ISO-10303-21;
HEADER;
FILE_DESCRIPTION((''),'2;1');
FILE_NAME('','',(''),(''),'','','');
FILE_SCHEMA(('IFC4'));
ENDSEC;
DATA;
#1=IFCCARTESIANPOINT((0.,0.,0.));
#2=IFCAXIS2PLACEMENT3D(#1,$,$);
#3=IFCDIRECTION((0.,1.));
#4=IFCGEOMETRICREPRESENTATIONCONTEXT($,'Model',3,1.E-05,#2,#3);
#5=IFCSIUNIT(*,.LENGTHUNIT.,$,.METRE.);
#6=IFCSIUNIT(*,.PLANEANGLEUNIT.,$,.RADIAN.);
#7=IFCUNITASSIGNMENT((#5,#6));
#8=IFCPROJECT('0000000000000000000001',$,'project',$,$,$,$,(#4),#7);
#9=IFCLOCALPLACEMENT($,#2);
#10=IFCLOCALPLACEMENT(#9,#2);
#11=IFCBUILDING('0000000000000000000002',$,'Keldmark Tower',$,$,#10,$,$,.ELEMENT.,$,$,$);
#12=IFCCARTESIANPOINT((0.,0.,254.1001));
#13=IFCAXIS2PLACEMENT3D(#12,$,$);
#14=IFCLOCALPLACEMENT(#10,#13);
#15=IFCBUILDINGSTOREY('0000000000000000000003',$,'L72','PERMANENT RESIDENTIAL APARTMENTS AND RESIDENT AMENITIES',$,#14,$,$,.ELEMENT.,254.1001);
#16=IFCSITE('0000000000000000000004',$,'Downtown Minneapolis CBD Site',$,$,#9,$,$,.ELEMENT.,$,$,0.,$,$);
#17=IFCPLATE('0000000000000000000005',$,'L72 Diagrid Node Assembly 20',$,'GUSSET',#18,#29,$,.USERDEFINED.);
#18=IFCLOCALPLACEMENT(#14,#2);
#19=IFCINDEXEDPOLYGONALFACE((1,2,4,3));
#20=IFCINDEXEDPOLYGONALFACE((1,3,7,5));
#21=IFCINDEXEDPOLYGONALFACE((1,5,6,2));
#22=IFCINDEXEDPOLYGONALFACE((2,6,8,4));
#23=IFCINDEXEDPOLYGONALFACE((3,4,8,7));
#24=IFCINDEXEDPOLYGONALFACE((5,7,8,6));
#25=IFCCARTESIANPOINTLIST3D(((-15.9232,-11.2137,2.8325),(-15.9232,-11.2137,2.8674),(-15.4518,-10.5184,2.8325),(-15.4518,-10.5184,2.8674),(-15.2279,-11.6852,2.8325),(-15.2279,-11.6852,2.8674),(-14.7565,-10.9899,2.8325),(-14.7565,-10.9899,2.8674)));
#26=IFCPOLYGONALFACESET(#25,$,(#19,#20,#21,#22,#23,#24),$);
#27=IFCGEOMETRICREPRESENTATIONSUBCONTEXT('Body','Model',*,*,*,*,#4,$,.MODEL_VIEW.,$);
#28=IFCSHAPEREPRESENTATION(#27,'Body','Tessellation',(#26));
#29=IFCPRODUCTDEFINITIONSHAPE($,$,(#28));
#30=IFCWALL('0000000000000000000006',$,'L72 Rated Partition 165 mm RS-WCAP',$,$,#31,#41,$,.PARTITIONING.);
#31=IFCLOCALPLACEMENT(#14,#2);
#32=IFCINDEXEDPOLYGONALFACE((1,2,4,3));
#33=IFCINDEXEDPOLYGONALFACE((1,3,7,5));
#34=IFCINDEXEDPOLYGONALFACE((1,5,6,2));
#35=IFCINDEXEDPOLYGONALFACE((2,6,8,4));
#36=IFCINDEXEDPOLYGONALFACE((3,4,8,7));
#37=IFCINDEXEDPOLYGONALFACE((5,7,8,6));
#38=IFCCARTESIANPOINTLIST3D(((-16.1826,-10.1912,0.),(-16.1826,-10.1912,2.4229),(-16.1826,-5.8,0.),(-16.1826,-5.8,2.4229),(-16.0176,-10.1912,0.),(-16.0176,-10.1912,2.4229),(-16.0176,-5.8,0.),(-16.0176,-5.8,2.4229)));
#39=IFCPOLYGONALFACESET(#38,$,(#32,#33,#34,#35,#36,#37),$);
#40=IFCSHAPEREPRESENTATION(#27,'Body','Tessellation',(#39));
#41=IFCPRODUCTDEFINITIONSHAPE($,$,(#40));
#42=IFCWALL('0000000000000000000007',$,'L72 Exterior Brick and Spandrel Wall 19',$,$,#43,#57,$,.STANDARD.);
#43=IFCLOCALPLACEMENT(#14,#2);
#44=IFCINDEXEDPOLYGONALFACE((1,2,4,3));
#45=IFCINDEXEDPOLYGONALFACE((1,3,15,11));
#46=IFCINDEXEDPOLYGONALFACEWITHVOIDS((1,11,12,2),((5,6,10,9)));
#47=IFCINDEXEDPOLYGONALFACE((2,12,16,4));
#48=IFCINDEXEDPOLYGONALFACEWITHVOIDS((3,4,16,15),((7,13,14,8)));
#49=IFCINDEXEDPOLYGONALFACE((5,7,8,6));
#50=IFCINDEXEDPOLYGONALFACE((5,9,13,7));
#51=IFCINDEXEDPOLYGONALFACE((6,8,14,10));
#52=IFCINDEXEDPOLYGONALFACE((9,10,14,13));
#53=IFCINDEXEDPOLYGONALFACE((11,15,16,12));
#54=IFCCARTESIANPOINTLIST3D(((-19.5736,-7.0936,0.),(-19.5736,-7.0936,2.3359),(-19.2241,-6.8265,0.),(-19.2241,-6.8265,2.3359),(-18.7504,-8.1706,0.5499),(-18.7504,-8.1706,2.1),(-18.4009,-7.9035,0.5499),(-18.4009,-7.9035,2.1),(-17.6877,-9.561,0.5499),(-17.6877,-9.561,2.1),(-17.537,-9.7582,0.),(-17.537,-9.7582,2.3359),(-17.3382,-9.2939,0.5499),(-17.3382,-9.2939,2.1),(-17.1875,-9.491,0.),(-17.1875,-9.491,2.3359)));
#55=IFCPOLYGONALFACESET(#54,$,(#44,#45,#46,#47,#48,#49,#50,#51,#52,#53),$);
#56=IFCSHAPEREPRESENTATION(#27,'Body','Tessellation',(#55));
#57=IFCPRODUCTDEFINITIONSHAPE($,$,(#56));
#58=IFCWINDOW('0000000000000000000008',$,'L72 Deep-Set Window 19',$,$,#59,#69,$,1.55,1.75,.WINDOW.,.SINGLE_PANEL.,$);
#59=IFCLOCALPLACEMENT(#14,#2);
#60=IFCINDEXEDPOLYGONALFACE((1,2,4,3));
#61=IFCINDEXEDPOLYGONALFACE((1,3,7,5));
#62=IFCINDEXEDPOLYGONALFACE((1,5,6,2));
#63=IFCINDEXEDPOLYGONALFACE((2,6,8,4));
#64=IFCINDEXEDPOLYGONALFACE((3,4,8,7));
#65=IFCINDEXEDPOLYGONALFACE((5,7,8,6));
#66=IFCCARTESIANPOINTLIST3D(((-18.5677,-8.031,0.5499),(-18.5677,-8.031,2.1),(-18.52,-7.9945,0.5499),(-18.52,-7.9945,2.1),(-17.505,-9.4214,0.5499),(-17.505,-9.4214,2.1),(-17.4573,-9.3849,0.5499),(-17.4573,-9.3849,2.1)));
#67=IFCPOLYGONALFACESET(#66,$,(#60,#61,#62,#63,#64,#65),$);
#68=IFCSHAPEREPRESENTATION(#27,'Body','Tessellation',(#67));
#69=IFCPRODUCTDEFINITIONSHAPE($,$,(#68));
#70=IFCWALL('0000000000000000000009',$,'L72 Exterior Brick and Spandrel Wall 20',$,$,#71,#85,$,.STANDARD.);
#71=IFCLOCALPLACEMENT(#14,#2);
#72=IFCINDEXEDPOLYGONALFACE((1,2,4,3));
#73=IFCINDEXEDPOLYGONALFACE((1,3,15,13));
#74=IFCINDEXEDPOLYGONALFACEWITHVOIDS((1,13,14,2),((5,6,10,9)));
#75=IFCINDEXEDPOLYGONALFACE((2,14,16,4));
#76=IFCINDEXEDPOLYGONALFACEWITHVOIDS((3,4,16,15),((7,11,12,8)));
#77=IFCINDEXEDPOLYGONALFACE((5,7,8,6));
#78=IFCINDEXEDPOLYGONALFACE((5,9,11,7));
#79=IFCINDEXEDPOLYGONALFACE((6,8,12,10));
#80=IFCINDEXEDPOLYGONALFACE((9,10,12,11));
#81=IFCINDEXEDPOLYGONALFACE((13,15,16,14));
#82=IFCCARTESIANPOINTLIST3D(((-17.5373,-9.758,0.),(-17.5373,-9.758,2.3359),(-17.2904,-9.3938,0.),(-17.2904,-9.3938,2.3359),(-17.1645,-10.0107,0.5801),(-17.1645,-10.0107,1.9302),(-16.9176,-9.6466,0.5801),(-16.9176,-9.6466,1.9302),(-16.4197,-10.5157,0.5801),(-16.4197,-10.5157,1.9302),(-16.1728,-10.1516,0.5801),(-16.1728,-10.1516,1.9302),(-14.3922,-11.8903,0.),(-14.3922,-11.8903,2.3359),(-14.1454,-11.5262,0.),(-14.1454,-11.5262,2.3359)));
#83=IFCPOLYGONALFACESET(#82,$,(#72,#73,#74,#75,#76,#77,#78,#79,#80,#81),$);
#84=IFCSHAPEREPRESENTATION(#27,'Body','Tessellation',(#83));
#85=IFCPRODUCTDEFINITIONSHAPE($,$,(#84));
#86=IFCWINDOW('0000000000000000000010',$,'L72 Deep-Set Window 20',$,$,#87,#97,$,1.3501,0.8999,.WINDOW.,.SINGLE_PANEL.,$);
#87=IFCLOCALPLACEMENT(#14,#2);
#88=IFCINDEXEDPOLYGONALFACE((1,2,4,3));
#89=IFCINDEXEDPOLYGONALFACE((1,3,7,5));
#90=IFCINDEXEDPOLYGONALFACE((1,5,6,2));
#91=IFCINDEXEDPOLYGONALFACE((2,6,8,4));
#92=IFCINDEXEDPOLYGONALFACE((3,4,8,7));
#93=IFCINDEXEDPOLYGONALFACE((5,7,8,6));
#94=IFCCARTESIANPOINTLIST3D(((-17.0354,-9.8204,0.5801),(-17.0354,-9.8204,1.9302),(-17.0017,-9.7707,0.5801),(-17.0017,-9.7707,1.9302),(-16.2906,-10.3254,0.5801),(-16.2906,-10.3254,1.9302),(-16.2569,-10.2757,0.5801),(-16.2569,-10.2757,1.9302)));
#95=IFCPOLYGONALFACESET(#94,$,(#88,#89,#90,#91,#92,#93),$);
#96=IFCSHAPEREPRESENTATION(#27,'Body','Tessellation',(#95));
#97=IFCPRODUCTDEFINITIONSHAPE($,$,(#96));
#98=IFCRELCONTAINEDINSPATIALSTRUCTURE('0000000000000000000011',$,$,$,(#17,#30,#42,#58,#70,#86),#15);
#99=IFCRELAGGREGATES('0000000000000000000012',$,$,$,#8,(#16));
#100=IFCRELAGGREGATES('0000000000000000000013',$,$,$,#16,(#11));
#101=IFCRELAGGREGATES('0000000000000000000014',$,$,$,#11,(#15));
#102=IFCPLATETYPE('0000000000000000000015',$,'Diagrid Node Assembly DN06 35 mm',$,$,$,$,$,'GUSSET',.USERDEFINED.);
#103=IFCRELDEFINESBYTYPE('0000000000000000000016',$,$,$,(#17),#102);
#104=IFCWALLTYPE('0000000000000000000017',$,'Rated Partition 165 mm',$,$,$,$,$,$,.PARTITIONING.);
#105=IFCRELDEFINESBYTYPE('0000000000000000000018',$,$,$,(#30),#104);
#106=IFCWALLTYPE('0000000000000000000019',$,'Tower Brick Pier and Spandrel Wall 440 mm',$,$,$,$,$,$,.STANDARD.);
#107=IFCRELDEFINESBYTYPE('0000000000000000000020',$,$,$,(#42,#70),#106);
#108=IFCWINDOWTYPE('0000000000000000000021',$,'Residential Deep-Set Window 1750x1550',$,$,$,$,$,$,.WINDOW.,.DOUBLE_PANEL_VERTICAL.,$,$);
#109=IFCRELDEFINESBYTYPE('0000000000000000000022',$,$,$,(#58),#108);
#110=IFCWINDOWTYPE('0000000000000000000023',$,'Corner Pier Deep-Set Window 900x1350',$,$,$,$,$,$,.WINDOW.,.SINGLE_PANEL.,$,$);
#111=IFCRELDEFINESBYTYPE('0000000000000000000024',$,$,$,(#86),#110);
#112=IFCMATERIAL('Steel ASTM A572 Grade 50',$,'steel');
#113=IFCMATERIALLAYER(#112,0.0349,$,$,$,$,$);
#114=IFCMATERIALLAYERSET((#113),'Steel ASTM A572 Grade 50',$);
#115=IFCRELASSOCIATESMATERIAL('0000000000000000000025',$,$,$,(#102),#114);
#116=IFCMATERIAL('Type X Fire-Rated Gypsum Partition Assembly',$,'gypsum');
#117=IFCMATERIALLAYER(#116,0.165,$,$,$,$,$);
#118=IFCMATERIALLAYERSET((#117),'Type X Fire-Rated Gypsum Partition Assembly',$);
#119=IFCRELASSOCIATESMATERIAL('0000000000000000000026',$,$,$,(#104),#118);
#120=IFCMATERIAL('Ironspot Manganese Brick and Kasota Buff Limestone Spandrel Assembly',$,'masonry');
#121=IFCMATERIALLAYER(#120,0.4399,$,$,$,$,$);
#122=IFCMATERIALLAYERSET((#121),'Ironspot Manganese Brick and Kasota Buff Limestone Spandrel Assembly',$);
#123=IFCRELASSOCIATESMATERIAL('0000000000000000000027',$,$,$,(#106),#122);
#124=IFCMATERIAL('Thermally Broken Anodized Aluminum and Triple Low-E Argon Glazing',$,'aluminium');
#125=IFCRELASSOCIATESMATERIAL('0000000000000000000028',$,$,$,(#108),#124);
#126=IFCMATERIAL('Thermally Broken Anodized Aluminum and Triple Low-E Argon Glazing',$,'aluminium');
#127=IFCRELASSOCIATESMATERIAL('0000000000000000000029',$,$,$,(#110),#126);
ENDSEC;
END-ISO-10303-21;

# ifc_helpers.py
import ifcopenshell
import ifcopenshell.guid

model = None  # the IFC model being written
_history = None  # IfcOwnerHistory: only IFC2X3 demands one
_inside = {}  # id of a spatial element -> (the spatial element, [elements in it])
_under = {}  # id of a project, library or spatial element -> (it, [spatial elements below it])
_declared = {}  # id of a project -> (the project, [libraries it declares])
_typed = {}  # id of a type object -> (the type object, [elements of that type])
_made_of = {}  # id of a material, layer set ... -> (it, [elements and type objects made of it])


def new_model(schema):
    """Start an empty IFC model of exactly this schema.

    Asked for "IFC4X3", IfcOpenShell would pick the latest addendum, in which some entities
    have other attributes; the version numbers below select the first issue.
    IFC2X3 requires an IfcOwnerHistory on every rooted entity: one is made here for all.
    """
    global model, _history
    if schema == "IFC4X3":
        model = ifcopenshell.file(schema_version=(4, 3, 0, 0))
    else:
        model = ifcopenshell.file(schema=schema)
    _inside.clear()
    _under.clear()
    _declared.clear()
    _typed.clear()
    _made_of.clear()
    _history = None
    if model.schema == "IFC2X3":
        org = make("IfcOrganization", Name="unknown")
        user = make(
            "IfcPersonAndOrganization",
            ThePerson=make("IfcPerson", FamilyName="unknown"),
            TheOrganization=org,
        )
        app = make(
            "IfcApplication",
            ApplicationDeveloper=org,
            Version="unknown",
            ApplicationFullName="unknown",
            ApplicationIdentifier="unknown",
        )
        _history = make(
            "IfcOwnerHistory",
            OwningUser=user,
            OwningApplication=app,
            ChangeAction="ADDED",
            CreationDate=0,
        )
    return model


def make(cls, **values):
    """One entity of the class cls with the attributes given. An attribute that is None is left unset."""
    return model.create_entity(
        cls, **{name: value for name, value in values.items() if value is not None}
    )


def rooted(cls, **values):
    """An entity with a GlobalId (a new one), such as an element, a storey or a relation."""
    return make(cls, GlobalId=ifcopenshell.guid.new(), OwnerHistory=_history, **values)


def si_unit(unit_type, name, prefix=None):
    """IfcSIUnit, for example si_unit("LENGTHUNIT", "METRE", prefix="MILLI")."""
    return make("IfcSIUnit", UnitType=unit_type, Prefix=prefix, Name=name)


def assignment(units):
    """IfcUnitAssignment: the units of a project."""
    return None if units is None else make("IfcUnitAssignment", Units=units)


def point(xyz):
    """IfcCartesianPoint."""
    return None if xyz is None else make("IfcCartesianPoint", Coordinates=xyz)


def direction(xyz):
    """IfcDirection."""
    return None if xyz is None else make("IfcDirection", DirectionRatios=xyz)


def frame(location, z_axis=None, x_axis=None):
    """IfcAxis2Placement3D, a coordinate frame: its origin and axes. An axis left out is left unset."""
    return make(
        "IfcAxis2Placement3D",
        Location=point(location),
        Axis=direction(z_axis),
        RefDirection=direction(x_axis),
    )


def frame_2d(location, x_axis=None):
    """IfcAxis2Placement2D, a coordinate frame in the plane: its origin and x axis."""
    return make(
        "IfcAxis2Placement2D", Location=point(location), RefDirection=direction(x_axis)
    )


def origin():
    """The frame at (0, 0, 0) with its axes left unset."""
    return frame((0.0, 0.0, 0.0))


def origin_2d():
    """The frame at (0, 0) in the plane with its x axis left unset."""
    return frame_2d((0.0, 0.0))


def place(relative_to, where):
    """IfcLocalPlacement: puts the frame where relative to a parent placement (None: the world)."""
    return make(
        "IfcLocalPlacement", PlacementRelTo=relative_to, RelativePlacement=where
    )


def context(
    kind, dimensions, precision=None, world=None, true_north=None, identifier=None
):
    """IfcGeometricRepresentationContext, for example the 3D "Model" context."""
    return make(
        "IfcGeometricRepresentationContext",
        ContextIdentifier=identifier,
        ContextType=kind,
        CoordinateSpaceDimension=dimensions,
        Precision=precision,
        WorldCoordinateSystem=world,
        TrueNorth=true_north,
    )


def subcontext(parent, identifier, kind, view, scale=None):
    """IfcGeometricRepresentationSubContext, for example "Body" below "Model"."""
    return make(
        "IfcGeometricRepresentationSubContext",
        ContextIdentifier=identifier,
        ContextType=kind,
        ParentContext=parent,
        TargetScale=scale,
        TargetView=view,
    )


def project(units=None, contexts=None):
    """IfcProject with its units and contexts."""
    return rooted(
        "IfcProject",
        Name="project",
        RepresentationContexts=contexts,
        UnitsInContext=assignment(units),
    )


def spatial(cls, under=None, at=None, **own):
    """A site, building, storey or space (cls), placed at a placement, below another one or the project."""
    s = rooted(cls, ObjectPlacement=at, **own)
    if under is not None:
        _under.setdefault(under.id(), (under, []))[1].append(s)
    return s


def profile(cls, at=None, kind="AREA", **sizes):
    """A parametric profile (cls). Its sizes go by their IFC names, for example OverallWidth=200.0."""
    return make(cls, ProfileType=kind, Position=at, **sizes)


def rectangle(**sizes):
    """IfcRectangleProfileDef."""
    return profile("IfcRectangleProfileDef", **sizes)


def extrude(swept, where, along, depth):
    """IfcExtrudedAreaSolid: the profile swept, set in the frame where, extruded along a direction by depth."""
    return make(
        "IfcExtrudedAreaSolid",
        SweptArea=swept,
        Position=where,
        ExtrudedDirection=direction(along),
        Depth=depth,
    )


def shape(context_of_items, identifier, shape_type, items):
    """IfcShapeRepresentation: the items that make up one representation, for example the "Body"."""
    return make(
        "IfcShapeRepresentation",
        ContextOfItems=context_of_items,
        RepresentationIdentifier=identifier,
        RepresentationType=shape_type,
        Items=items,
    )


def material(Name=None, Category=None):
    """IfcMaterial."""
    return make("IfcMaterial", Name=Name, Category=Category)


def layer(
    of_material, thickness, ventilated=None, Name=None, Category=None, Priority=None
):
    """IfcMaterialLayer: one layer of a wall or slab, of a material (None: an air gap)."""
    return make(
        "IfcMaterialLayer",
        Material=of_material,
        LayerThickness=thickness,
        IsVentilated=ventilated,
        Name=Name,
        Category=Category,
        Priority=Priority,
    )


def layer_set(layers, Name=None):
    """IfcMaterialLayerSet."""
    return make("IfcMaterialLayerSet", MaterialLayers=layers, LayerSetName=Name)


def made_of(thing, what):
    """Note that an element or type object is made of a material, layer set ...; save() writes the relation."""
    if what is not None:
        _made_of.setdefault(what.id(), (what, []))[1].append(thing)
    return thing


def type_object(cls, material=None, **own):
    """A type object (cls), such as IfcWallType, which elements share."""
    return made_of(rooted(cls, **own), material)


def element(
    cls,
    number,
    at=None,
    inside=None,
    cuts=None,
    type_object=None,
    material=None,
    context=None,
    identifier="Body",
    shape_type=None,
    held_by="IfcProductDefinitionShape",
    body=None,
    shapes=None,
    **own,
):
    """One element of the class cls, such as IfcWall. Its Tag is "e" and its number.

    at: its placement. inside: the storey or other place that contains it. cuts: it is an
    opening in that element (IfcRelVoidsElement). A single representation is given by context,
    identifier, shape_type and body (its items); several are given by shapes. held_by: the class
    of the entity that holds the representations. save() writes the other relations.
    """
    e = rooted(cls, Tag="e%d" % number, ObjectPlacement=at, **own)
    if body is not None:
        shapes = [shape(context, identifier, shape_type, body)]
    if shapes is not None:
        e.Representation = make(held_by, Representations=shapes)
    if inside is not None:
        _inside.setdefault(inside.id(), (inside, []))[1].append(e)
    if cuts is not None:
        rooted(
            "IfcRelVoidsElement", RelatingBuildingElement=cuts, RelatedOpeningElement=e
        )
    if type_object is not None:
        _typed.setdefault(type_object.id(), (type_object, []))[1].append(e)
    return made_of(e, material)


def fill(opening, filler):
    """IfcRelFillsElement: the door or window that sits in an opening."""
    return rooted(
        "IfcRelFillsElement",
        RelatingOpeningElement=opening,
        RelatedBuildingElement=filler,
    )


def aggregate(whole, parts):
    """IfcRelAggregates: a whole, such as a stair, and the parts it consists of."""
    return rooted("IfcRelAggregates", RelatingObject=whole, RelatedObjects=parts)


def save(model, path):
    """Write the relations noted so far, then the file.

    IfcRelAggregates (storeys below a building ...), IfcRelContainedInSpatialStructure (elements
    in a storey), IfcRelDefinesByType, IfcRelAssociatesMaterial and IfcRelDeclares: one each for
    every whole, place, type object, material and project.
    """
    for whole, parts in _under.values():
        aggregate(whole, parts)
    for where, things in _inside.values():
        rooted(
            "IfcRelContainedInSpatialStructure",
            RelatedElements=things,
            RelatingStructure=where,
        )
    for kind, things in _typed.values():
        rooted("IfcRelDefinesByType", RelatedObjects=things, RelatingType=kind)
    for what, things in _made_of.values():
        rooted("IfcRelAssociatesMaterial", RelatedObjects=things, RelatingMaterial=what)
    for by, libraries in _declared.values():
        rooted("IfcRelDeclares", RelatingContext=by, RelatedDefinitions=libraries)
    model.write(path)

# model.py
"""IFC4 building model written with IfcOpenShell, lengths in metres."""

from ifc_helpers import new_model, si_unit, direction, frame, frame_2d, origin, origin_2d, place, context, subcontext, project, spatial, rectangle, extrude, material, layer, layer_set, type_object, element, fill, save


model = new_model("IFC4")

# Units and contexts
model_context = context("Model", 3, precision=1e-05, world=origin(), true_north=direction((0.0, 1.0)))
body_context = subcontext(model_context, "Body", "Model", "MODEL_VIEW")
ifc_project = project(units=[si_unit("LENGTHUNIT", "METRE"), si_unit("PLANEANGLEUNIT", "RADIAN")], contexts=[model_context])

# Site, building, storey
site_placement = place(None, origin())
site = spatial("IfcSite", under=ifc_project, at=site_placement, Name="Downtown Minneapolis CBD Site", CompositionType="ELEMENT", RefElevation=0.0)
building_placement = place(site_placement, origin())
building = spatial("IfcBuilding", under=site, at=building_placement, Name="Keldmark Tower", CompositionType="ELEMENT")
storey_placement = place(building_placement, frame((0.0, 0.0, 254.1001)))
storey = spatial("IfcBuildingStorey", under=building, at=storey_placement, Name="L72", Description="PERMANENT RESIDENTIAL APARTMENTS AND RESIDENT AMENITIES", CompositionType="ELEMENT", Elevation=254.1001)

# Plate
ifc_material_1 = material(Name="Steel ASTM A572 Grade 50", Category="steel")
ifc_layer_1 = layer(ifc_material_1, 0.0349)
ifc_layer_set_1 = layer_set([ifc_layer_1], Name="Steel ASTM A572 Grade 50")
plate_type = type_object("IfcPlateType", Name="Diagrid Node Assembly DN06 35 mm", ElementType="GUSSET", PredefinedType="USERDEFINED", material=ifc_layer_set_1)
for number, where, z_axis, x_axis, name in (
    (1, (-15.3398, -11.1018, 2.8325), (0.0, 0.0, 1.0), (0.827669, -0.561217, 0.0), "L72 Diagrid Node Assembly 20"),
):
    element("IfcPlate", number, at=place(storey_placement, frame(where, z_axis=z_axis, x_axis=x_axis)), inside=storey, type_object=plate_type, Name=name, ObjectType="GUSSET", PredefinedType="USERDEFINED", context=body_context, shape_type="SweptSolid", body=[
        extrude(rectangle(XDim=0.8401, YDim=0.8401, at=origin_2d()), origin(), (0.0, 0.0, 1.0), 0.0349),
    ])

# Wall
ifc_material_2 = material(Name="Type X Fire-Rated Gypsum Partition Assembly", Category="gypsum")
ifc_layer_2 = layer(ifc_material_2, 0.165)
ifc_layer_set_2 = layer_set([ifc_layer_2], Name="Type X Fire-Rated Gypsum Partition Assembly")
wall_type_1 = type_object("IfcWallType", Name="Rated Partition 165 mm", PredefinedType="PARTITIONING", material=ifc_layer_set_2)
wall_1_placement = place(storey_placement, frame((-16.1001, -10.1912, 0.0), z_axis=(0.0, 0.0, 1.0), x_axis=(0.0, 1.0, 0.0)))
element("IfcWall", 2, at=wall_1_placement, inside=storey, type_object=wall_type_1, Name="L72 Rated Partition 165 mm RS-WCAP", PredefinedType="PARTITIONING", context=body_context, shape_type="SweptSolid", body=[
    extrude(rectangle(XDim=4.3911, YDim=0.165, at=frame_2d((2.1956, 0.0))), origin(), (0.0, 0.0, 1.0), 2.4229),
])

# Walls, openings, windows
ifc_material_3 = material(Name="Ironspot Manganese Brick and Kasota Buff Limestone Spandrel Assembly", Category="masonry")
ifc_layer_3 = layer(ifc_material_3, 0.4399)
ifc_layer_set_3 = layer_set([ifc_layer_3], Name="Ironspot Manganese Brick and Kasota Buff Limestone Spandrel Assembly")
wall_type_2 = type_object("IfcWallType", Name="Tower Brick Pier and Spandrel Wall 440 mm", PredefinedType="STANDARD", material=ifc_layer_set_3)
wall_2_placement = place(storey_placement, frame((-17.3623, -9.6245, 0.0), z_axis=(0.0, 0.0, 1.0), x_axis=(-0.607266, 0.794498, 0.0)))
wall_2 = element("IfcWall", 3, at=wall_2_placement, inside=storey, type_object=wall_type_2, Name="L72 Exterior Brick and Spandrel Wall 19", PredefinedType="STANDARD", context=body_context, shape_type="SweptSolid", body=[
    extrude(rectangle(XDim=3.3538, YDim=0.4399, at=frame_2d((1.6768, 0.0))), origin(), (0.0, 0.0, 1.0), 2.3359),
])
opening_1_placement = place(wall_2_placement, frame((0.248, 0.0, 0.55)))
opening_1 = element("IfcOpeningElement", 4, at=opening_1_placement, cuts=wall_2, PredefinedType="OPENING", context=body_context, shape_type="SweptSolid", body=[
    extrude(rectangle(XDim=1.75, YDim=1.55, at=frame_2d((0.875, 0.7749))), frame((0.0, 0.23, 0.0), z_axis=(0.0, -1.0, 0.0), x_axis=(1.0, 0.0, 0.0)), (0.0, 0.0, 1.0), 0.46),
])
ifc_material_4 = material(Name="Thermally Broken Anodized Aluminum and Triple Low-E Argon Glazing", Category="aluminium")
window_type_1 = type_object("IfcWindowType", Name="Residential Deep-Set Window 1750x1550", PartitioningType="DOUBLE_PANEL_VERTICAL", PredefinedType="WINDOW", material=ifc_material_4)
window_1_placement = place(opening_1_placement, origin())
window_1 = element("IfcWindow", 5, at=window_1_placement, inside=storey, type_object=window_type_1, Name="L72 Deep-Set Window 19", OverallHeight=1.55, OverallWidth=1.75, PartitioningType="SINGLE_PANEL", PredefinedType="WINDOW", context=body_context, shape_type="SweptSolid", body=[
    extrude(rectangle(XDim=1.75, YDim=1.55, at=frame_2d((0.875, 0.7749))), frame((0.0, -0.01, 0.0), z_axis=(0.0, -1.0, 0.0), x_axis=(1.0, 0.0, 0.0)), (0.0, 0.0, 1.0), 0.0601),
])
fill(opening_1, window_1)
wall_3_placement = place(storey_placement, frame((-14.2688, -11.7083, 0.0), z_axis=(0.0, 0.0, 1.0), x_axis=(-0.827695, 0.561178, 0.0)))
wall_3 = element("IfcWall", 6, at=wall_3_placement, inside=storey, type_object=wall_type_2, Name="L72 Exterior Brick and Spandrel Wall 20", PredefinedType="STANDARD", context=body_context, shape_type="SweptSolid", body=[
    extrude(rectangle(XDim=3.7998, YDim=0.4399, at=frame_2d((1.8999, 0.0))), origin(), (0.0, 0.0, 1.0), 2.3359),
])
opening_2_placement = place(wall_3_placement, frame((2.4495, 0.0, 0.5801)))
opening_2 = element("IfcOpeningElement", 7, at=opening_2_placement, cuts=wall_3, PredefinedType="OPENING", context=body_context, shape_type="SweptSolid", body=[
    extrude(rectangle(XDim=0.8999, YDim=1.3501, at=frame_2d((0.45, 0.675))), frame((0.0, 0.23, 0.0), z_axis=(0.0, -1.0, 0.0), x_axis=(1.0, 0.0, 0.0)), (0.0, 0.0, 1.0), 0.46),
])
ifc_material_5 = material(Name="Thermally Broken Anodized Aluminum and Triple Low-E Argon Glazing", Category="aluminium")
window_type_2 = type_object("IfcWindowType", Name="Corner Pier Deep-Set Window 900x1350", PartitioningType="SINGLE_PANEL", PredefinedType="WINDOW", material=ifc_material_5)
window_2_placement = place(opening_2_placement, origin())
window_2 = element("IfcWindow", 8, at=window_2_placement, inside=storey, type_object=window_type_2, Name="L72 Deep-Set Window 20", OverallHeight=1.3501, OverallWidth=0.8999, PartitioningType="SINGLE_PANEL", PredefinedType="WINDOW", context=body_context, shape_type="SweptSolid", body=[
    extrude(rectangle(XDim=0.8999, YDim=1.3501, at=frame_2d((0.45, 0.675))), frame((0.0, -0.01, 0.0), z_axis=(0.0, -1.0, 0.0), x_axis=(1.0, 0.0, 0.0)), (0.0, 0.0, 1.0), 0.0601),
])
fill(opening_2, window_2)

save(model, "model.ifc")
